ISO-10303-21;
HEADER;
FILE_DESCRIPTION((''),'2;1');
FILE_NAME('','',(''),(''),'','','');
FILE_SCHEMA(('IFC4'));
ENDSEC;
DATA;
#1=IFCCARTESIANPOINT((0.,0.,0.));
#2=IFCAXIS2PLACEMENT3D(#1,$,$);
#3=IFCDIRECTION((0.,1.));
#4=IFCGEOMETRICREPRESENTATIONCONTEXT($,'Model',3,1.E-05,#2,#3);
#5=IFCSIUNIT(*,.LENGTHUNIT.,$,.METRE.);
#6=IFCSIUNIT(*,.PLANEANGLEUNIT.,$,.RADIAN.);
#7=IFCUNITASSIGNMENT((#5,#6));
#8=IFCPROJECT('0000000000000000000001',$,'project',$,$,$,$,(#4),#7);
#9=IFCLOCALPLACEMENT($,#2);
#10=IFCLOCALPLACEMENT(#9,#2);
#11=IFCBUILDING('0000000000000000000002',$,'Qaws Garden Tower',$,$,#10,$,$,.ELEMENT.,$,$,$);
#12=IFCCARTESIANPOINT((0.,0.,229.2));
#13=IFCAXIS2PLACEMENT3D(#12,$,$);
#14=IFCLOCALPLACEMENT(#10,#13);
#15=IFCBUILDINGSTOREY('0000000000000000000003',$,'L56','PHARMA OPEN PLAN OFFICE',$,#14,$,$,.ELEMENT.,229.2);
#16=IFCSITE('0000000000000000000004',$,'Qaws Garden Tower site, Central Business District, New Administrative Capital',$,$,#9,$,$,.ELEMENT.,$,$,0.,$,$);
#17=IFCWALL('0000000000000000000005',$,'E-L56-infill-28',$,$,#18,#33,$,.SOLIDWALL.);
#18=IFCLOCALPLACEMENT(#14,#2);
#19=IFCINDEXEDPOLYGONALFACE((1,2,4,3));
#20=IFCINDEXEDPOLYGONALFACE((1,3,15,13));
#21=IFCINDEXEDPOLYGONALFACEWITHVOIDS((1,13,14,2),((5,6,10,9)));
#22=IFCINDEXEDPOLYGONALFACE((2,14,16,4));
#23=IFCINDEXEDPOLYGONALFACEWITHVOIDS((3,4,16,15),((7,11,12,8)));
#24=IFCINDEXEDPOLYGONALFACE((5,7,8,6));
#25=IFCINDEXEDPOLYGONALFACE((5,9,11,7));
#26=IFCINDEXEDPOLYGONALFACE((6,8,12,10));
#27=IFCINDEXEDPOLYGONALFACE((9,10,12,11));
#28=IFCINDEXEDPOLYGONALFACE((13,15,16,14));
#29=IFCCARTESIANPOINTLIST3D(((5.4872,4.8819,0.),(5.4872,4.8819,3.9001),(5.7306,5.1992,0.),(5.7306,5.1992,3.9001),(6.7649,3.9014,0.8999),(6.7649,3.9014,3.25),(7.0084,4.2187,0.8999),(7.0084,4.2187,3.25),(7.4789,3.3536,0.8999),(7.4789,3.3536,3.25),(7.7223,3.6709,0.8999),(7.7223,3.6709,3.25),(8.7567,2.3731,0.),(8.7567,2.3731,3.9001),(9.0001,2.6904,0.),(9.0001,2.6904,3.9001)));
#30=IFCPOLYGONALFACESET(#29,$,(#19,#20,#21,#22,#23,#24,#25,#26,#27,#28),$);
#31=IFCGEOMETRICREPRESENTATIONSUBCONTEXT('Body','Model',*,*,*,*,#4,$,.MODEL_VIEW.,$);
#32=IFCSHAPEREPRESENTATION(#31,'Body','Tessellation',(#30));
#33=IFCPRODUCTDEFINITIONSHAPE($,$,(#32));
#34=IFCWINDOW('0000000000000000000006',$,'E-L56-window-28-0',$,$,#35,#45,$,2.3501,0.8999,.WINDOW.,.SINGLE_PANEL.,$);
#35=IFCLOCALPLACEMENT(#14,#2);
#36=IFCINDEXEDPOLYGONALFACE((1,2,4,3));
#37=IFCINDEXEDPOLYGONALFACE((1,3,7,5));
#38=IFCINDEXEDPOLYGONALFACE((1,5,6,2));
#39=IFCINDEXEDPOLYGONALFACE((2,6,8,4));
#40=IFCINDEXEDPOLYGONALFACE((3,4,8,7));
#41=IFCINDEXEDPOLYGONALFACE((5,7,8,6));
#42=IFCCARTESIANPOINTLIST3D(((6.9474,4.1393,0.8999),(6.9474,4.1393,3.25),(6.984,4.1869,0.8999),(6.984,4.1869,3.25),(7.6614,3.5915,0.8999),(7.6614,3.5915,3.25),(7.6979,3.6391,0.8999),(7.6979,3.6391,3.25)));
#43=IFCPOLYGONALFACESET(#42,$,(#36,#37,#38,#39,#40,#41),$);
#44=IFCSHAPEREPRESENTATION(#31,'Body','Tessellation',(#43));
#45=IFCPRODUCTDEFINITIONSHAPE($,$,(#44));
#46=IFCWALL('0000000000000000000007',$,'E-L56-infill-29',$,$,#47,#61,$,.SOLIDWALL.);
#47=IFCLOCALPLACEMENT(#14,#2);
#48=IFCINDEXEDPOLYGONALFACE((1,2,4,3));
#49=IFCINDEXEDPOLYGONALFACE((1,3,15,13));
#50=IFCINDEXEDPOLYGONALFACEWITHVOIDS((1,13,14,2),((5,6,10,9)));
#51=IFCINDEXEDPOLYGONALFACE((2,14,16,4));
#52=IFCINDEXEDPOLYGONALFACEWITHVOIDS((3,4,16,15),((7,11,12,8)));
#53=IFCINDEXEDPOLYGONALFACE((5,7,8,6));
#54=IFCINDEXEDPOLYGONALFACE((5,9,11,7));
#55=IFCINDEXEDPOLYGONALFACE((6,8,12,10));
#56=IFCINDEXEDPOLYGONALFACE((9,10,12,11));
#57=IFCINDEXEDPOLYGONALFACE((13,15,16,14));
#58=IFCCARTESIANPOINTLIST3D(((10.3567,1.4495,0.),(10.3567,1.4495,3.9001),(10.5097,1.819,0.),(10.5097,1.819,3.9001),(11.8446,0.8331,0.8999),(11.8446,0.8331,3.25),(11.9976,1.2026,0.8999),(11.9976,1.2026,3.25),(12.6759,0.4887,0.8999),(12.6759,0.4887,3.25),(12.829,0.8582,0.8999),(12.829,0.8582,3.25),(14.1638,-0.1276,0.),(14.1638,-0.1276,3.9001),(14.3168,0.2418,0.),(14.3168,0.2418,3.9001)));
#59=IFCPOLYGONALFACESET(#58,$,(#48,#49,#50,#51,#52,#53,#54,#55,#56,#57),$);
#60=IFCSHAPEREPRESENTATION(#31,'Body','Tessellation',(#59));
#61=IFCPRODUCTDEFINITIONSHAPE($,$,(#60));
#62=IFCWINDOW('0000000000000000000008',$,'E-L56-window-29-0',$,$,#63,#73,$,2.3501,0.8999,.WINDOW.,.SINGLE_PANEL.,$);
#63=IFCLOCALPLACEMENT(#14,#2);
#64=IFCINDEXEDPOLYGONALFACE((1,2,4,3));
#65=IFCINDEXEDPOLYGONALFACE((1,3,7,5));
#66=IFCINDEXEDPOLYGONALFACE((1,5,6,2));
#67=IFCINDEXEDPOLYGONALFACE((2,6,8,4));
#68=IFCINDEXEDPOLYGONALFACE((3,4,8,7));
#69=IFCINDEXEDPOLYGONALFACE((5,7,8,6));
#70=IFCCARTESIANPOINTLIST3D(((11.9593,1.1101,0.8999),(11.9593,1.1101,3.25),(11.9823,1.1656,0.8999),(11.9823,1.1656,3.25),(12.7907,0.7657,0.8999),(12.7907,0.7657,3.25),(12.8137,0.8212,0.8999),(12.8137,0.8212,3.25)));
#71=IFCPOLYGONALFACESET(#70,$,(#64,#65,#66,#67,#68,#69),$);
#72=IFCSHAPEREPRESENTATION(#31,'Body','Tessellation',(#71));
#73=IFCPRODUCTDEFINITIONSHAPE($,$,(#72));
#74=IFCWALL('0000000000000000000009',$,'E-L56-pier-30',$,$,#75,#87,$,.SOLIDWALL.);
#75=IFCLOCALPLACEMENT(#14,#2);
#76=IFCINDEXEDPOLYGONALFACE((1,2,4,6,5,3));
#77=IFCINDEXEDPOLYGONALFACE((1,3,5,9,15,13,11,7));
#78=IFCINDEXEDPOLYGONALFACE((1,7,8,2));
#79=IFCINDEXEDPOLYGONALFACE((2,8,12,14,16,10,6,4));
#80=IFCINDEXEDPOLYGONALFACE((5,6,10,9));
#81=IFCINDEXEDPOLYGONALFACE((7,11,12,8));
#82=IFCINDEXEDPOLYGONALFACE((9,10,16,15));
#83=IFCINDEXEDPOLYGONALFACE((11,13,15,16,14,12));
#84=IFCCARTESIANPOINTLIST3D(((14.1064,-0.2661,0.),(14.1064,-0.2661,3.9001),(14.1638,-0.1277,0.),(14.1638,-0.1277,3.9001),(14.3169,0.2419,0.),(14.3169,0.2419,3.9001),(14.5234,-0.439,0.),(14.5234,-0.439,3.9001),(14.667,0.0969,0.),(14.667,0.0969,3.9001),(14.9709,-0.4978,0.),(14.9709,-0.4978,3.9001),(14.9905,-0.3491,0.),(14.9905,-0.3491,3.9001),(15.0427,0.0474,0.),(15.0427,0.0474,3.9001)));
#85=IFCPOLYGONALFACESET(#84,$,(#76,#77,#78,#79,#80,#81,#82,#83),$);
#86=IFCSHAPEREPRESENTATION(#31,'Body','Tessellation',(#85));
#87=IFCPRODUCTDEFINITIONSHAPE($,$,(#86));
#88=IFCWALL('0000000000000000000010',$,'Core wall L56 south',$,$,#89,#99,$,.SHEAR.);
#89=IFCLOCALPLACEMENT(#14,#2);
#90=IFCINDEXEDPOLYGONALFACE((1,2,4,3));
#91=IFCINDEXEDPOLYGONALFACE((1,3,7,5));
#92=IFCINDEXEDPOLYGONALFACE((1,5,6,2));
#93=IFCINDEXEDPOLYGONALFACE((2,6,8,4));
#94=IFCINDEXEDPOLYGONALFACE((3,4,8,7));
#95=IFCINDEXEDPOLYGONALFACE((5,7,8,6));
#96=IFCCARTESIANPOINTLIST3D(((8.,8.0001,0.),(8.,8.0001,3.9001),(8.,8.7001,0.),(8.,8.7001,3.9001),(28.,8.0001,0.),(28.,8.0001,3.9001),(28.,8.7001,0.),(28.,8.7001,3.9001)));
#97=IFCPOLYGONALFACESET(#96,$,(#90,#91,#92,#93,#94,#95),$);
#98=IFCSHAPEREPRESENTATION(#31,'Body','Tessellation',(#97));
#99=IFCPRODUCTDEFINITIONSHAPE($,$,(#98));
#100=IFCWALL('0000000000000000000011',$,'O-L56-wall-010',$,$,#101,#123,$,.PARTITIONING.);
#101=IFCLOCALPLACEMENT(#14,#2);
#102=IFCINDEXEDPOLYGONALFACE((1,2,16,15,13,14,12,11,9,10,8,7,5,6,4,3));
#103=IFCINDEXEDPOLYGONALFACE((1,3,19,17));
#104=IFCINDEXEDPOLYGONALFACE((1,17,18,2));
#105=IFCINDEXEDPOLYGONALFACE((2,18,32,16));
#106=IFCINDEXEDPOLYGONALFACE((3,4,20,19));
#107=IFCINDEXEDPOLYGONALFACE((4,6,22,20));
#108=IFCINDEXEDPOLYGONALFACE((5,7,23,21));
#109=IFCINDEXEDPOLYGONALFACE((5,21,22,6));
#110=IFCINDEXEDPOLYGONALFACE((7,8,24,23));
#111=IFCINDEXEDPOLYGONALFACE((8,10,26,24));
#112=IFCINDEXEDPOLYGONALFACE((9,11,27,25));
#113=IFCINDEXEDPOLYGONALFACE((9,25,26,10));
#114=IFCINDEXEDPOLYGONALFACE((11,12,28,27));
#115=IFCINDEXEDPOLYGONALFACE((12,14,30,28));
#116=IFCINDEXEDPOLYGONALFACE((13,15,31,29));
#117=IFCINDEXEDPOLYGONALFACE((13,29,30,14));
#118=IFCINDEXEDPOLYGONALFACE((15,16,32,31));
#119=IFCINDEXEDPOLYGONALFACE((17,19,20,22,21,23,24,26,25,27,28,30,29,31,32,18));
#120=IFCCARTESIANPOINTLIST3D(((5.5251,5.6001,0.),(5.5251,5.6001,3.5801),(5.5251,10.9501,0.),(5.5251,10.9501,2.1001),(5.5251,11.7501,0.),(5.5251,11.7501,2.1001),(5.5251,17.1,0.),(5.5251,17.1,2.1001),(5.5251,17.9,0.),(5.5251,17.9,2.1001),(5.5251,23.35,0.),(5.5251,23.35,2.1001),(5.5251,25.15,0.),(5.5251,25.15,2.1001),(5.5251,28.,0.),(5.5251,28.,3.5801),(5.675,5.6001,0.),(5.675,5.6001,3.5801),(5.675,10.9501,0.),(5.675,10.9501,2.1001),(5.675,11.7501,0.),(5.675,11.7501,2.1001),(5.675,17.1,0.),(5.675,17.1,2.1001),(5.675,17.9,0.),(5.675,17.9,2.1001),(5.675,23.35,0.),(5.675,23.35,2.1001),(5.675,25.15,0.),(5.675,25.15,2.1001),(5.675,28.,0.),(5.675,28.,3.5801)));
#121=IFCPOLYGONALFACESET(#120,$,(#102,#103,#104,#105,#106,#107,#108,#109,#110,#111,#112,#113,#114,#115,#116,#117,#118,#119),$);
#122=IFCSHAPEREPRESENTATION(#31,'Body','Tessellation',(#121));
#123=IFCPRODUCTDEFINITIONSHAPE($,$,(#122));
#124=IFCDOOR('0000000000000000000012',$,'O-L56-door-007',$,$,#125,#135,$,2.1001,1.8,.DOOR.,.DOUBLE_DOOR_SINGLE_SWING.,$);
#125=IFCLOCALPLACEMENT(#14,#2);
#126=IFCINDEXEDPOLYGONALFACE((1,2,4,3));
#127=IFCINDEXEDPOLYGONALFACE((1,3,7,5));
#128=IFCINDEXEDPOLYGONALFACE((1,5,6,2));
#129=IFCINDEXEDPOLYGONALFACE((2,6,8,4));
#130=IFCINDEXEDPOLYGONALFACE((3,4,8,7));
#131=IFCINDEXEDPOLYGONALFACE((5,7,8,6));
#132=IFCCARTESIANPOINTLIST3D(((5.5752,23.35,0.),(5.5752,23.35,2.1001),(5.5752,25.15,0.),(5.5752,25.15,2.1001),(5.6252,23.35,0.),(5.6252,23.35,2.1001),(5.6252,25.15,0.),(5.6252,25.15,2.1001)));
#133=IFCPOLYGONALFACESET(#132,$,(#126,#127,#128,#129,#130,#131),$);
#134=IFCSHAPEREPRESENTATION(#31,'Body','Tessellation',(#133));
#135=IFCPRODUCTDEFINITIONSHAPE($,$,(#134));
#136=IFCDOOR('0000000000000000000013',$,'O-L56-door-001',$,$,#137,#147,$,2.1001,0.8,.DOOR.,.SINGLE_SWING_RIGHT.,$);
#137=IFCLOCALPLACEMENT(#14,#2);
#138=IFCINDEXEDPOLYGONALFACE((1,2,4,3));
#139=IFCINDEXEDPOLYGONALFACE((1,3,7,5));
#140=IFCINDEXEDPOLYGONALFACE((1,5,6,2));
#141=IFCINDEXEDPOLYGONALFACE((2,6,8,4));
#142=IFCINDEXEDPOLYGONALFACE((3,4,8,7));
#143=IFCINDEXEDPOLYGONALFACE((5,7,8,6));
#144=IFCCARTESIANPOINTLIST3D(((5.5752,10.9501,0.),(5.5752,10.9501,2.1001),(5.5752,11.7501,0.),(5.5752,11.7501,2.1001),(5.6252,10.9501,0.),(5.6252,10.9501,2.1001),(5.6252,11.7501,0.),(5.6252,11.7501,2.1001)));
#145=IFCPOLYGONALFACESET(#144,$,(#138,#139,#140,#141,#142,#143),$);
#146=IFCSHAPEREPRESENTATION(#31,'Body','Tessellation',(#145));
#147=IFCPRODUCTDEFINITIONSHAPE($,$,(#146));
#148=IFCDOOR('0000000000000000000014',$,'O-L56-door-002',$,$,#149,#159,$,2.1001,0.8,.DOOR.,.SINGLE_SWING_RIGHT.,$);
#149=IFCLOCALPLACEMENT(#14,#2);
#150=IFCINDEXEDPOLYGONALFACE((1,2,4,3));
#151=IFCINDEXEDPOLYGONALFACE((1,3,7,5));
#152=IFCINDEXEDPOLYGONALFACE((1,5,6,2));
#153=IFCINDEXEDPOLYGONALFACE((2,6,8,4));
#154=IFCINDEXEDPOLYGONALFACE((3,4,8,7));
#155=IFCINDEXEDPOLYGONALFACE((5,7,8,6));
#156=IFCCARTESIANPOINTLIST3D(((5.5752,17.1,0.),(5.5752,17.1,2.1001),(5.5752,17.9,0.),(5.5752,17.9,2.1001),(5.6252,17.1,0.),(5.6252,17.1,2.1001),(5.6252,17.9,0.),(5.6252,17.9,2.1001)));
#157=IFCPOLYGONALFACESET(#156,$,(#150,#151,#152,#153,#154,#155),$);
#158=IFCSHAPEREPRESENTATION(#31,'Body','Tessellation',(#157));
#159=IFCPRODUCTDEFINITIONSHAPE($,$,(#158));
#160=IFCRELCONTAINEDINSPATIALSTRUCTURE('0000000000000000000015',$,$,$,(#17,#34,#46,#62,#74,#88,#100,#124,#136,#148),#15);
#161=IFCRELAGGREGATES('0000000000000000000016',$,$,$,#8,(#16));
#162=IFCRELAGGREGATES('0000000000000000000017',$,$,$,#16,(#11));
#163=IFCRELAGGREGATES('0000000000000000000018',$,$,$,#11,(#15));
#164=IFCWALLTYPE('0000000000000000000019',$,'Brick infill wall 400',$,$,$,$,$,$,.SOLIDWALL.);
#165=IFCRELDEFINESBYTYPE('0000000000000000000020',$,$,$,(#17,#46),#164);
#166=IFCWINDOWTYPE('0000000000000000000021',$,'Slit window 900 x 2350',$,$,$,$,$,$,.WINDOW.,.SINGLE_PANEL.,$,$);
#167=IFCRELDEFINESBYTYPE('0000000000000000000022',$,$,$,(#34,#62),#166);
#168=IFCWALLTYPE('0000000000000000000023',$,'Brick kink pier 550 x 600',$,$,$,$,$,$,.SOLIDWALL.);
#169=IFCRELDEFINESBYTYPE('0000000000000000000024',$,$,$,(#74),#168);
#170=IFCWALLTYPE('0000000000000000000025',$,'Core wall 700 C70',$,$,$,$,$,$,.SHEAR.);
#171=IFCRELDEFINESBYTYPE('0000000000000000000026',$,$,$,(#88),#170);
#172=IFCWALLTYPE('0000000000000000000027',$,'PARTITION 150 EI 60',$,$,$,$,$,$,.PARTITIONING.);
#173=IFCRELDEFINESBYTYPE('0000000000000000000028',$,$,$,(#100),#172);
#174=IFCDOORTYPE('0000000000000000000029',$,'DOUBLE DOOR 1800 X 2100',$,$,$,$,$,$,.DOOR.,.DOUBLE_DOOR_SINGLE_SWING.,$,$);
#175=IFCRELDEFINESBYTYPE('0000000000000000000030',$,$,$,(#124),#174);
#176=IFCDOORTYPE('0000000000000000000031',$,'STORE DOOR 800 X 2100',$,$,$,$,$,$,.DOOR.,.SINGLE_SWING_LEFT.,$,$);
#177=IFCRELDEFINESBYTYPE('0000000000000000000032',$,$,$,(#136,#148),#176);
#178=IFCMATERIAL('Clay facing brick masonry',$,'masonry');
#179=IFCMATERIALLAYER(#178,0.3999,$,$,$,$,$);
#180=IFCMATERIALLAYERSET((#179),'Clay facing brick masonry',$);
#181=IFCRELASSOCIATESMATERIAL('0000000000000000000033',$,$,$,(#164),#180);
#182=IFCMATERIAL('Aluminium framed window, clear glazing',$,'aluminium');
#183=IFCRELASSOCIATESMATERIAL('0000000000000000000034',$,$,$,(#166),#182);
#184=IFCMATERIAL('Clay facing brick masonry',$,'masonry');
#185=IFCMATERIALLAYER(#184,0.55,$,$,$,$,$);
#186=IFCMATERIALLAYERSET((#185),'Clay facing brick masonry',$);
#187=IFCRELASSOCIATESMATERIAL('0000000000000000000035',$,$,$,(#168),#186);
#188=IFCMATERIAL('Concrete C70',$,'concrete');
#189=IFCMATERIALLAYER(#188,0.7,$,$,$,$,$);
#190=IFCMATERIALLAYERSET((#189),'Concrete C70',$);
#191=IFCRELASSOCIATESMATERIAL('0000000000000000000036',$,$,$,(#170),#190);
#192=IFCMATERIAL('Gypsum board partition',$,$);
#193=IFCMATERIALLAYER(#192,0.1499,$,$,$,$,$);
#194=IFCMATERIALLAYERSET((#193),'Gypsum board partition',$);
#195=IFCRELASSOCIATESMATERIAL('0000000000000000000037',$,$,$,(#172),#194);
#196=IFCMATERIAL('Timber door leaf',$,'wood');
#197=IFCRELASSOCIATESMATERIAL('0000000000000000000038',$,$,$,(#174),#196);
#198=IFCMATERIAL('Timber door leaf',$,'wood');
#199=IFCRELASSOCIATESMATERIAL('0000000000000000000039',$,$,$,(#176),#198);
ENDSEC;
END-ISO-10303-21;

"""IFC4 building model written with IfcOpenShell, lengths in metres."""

from ifc_helpers import new_model, si_unit, direction, frame, frame_2d, origin, place, context, subcontext, project, spatial, polyline, rectangle, outline, extrude, material, layer, layer_set, type_object, element, fill, save


model = new_model("IFC4")

# Units and contexts
model_context = context("Model", 3, precision=1e-05, world=origin(), true_north=direction((0.0, 1.0)))
body_context = subcontext(model_context, "Body", "Model", "MODEL_VIEW")
ifc_project = project(units=[si_unit("LENGTHUNIT", "METRE"), si_unit("PLANEANGLEUNIT", "RADIAN")], contexts=[model_context])

# Site, building, storey
site_placement = place(None, origin())
site = spatial("IfcSite", under=ifc_project, at=site_placement, Name="Qaws Garden Tower site, Central Business District, New Administrative Capital", CompositionType="ELEMENT", RefElevation=0.0)
building_placement = place(site_placement, origin())
building = spatial("IfcBuilding", under=site, at=building_placement, Name="Qaws Garden Tower", CompositionType="ELEMENT")
storey_placement = place(building_placement, frame((0.0, 0.0, 229.2)))
storey = spatial("IfcBuildingStorey", under=building, at=storey_placement, Name="L56", Description="PHARMA OPEN PLAN OFFICE", CompositionType="ELEMENT", Elevation=229.2)

# Shared definitions
placement_1 = place(storey_placement, origin())

# Walls, openings, windows
ifc_material_1 = material(Name="Clay facing brick masonry", Category="masonry")
ifc_layer_1 = layer(ifc_material_1, 0.3999)
ifc_layer_set_1 = layer_set([ifc_layer_1], Name="Clay facing brick masonry")
wall_type_1 = type_object("IfcWallType", Name="Brick infill wall 400", PredefinedType="SOLIDWALL", material=ifc_layer_set_1)
ifc_material_2 = material(Name="Aluminium framed window, clear glazing", Category="aluminium")
window_type = type_object("IfcWindowType", Name="Slit window 900 x 2350", PartitioningType="SINGLE_PANEL", PredefinedType="WINDOW", material=ifc_material_2)
wall_1_placement = place(storey_placement, frame((5.6089, 5.0405, 0.0), z_axis=(0.0, 0.0, 1.0), x_axis=(0.793355, -0.60876, 0.0)))
wall_1 = element("IfcWall", 1, at=wall_1_placement, inside=storey, type_object=wall_type_1, Name="E-L56-infill-28", PredefinedType="SOLIDWALL", context=body_context, shape_type="SweptSolid", body=[
    extrude(rectangle(XDim=4.1211, YDim=0.3999, at=frame_2d((2.0605, 0.0))), origin(), (0.0, 0.0, 1.0), 3.9001),
])
opening_1_placement = place(wall_1_placement, frame((1.6106, 0.0, 0.8999)))
opening_1 = element("IfcOpeningElement", 2, at=opening_1_placement, cuts=wall_1, PredefinedType="OPENING", context=body_context, shape_type="SweptSolid", body=[
    extrude(rectangle(XDim=0.8999, YDim=2.3501, at=frame_2d((0.45, 1.175))), frame((0.0, 0.21, 0.0), z_axis=(0.0, -1.0, 0.0), x_axis=(1.0, 0.0, 0.0)), (0.0, 0.0, 1.0), 0.4199),
])
window_1_placement = place(opening_1_placement, origin())
window_1 = element("IfcWindow", 3, at=window_1_placement, inside=storey, type_object=window_type, Name="E-L56-window-28-0", OverallHeight=2.3501, OverallWidth=0.8999, PartitioningType="SINGLE_PANEL", PredefinedType="WINDOW", context=body_context, shape_type="SweptSolid", body=[
    extrude(rectangle(XDim=0.8999, YDim=2.3501, at=frame_2d((0.45, 1.175))), frame((0.0, 0.1599, 0.0), z_axis=(0.0, -1.0, 0.0), x_axis=(1.0, 0.0, 0.0)), (0.0, 0.0, 1.0), 0.0601),
])
fill(opening_1, window_1)
wall_2_placement = place(storey_placement, frame((10.4331, 1.6343, 0.0), z_axis=(0.0, 0.0, 1.0), x_axis=(0.923864, -0.382722, 0.0)))
wall_2 = element("IfcWall", 4, at=wall_2_placement, inside=storey, type_object=wall_type_1, Name="E-L56-infill-29", PredefinedType="SOLIDWALL", context=body_context, shape_type="SweptSolid", body=[
    extrude(rectangle(XDim=4.1208, YDim=0.3999, at=frame_2d((2.0605, 0.0))), origin(), (0.0, 0.0, 1.0), 3.9001),
])
opening_2_placement = place(wall_2_placement, frame((1.6106, 0.0, 0.8999)))
opening_2 = element("IfcOpeningElement", 5, at=opening_2_placement, cuts=wall_2, PredefinedType="OPENING", context=body_context, shape_type="SweptSolid", body=[
    extrude(rectangle(XDim=0.8999, YDim=2.3501, at=frame_2d((0.45, 1.175))), frame((0.0, 0.21, 0.0), z_axis=(0.0, -1.0, 0.0), x_axis=(1.0, 0.0, 0.0)), (0.0, 0.0, 1.0), 0.4199),
])
window_2_placement = place(opening_2_placement, origin())
window_2 = element("IfcWindow", 6, at=window_2_placement, inside=storey, type_object=window_type, Name="E-L56-window-29-0", OverallHeight=2.3501, OverallWidth=0.8999, PartitioningType="SINGLE_PANEL", PredefinedType="WINDOW", context=body_context, shape_type="SweptSolid", body=[
    extrude(rectangle(XDim=0.8999, YDim=2.3501, at=frame_2d((0.45, 1.175))), frame((0.0, 0.1599, 0.0), z_axis=(0.0, -1.0, 0.0), x_axis=(1.0, 0.0, 0.0)), (0.0, 0.0, 1.0), 0.0601),
])
fill(opening_2, window_2)

# Walls
ifc_material_3 = material(Name="Clay facing brick masonry", Category="masonry")
ifc_layer_2 = layer(ifc_material_3, 0.55)
ifc_layer_set_2 = layer_set([ifc_layer_2], Name="Clay facing brick masonry")
wall_type_2 = type_object("IfcWallType", Name="Brick kink pier 550 x 600", PredefinedType="SOLIDWALL", material=ifc_layer_set_2)
element("IfcWall", 7, at=placement_1, inside=storey, type_object=wall_type_2, Name="E-L56-pier-30", PredefinedType="SOLIDWALL", context=body_context, shape_type="SweptSolid", body=[
    extrude(outline(polyline([(14.1638, -0.1277), (14.1064, -0.2661), (14.5234, -0.439), (14.9709, -0.4978), (14.9905, -0.3491), (15.0427, 0.0474), (14.667, 0.0969), (14.3169, 0.2419), (14.1638, -0.1277)])), origin(), (0.0, 0.0, 1.0), 3.9001),
])
ifc_material_4 = material(Name="Concrete C70", Category="concrete")
ifc_layer_3 = layer(ifc_material_4, 0.7)
ifc_layer_set_3 = layer_set([ifc_layer_3], Name="Concrete C70")
wall_type_3 = type_object("IfcWallType", Name="Core wall 700 C70", PredefinedType="SHEAR", material=ifc_layer_set_3)
wall_3_placement = place(storey_placement, frame((8.0, 8.3501, 0.0), z_axis=(0.0, 0.0, 1.0), x_axis=(1.0, 0.0, 0.0)))
element("IfcWall", 8, at=wall_3_placement, inside=storey, type_object=wall_type_3, Name="Core wall L56 south", PredefinedType="SHEAR", context=body_context, shape_type="SweptSolid", body=[
    extrude(rectangle(XDim=20.0, YDim=0.7, at=frame_2d((10.0, 0.0))), origin(), (0.0, 0.0, 1.0), 3.9001),
])

# Wall, openings, doors
ifc_material_5 = material(Name="Gypsum board partition")
ifc_layer_4 = layer(ifc_material_5, 0.1499)
ifc_layer_set_4 = layer_set([ifc_layer_4], Name="Gypsum board partition")
wall_type_4 = type_object("IfcWallType", Name="PARTITION 150 EI 60", PredefinedType="PARTITIONING", material=ifc_layer_set_4)
wall_4_placement = place(storey_placement, frame((5.6001, 5.6001, 0.0), z_axis=(0.0, 0.0, 1.0), x_axis=(0.0, 1.0, 0.0)))
wall_4 = element("IfcWall", 9, at=wall_4_placement, inside=storey, type_object=wall_type_4, Name="O-L56-wall-010", PredefinedType="PARTITIONING", context=body_context, shape_type="SweptSolid", body=[
    extrude(rectangle(XDim=22.3999, YDim=0.1499, at=frame_2d((11.2, 0.0))), origin(), (0.0, 0.0, 1.0), 3.5801),
])
opening_3_placement = place(wall_4_placement, frame((5.3501, 0.0, 0.0)))
opening_3 = element("IfcOpeningElement", 10, at=opening_3_placement, cuts=wall_4, PredefinedType="OPENING", context=body_context, shape_type="SweptSolid", body=[
    extrude(rectangle(XDim=0.8, YDim=2.1001, at=frame_2d((0.3999, 1.05))), frame((0.0, 0.085, 0.0), z_axis=(0.0, -1.0, 0.0), x_axis=(1.0, 0.0, 0.0)), (0.0, 0.0, 1.0), 0.1699),
])
opening_4_placement = place(wall_4_placement, frame((11.5, 0.0, 0.0)))
opening_4 = element("IfcOpeningElement", 11, at=opening_4_placement, cuts=wall_4, PredefinedType="OPENING", context=body_context, shape_type="SweptSolid", body=[
    extrude(rectangle(XDim=0.8, YDim=2.1001, at=frame_2d((0.3999, 1.05))), frame((0.0, 0.085, 0.0), z_axis=(0.0, -1.0, 0.0), x_axis=(1.0, 0.0, 0.0)), (0.0, 0.0, 1.0), 0.1699),
])
opening_5_placement = place(wall_4_placement, frame((17.75, 0.0, 0.0)))
opening_5 = element("IfcOpeningElement", 12, at=opening_5_placement, cuts=wall_4, PredefinedType="OPENING", context=body_context, shape_type="SweptSolid", body=[
    extrude(rectangle(XDim=1.8, YDim=2.1001, at=frame_2d((0.8999, 1.05))), frame((0.0, 0.085, 0.0), z_axis=(0.0, -1.0, 0.0), x_axis=(1.0, 0.0, 0.0)), (0.0, 0.0, 1.0), 0.1699),
])
ifc_material_6 = material(Name="Timber door leaf", Category="wood")
door_type_1 = type_object("IfcDoorType", Name="DOUBLE DOOR 1800 X 2100", OperationType="DOUBLE_DOOR_SINGLE_SWING", PredefinedType="DOOR", material=ifc_material_6)
door_1_placement = place(opening_5_placement, origin())
door_1 = element("IfcDoor", 13, at=door_1_placement, inside=storey, type_object=door_type_1, Name="O-L56-door-007", OperationType="DOUBLE_DOOR_SINGLE_SWING", OverallHeight=2.1001, OverallWidth=1.8, PredefinedType="DOOR", context=body_context, shape_type="SweptSolid", body=[
    extrude(rectangle(XDim=1.8, YDim=2.1001, at=frame_2d((0.8999, 1.05))), frame((0.0, 0.0249, 0.0), z_axis=(0.0, -1.0, 0.0), x_axis=(1.0, 0.0, 0.0)), (0.0, 0.0, 1.0), 0.05),
])
fill(opening_5, door_1)
ifc_material_7 = material(Name="Timber door leaf", Category="wood")
door_type_2 = type_object("IfcDoorType", Name="STORE DOOR 800 X 2100", OperationType="SINGLE_SWING_LEFT", PredefinedType="DOOR", material=ifc_material_7)
door_2_placement = place(opening_3_placement, origin())
door_2 = element("IfcDoor", 14, at=door_2_placement, inside=storey, type_object=door_type_2, Name="O-L56-door-001", OperationType="SINGLE_SWING_RIGHT", OverallHeight=2.1001, OverallWidth=0.8, PredefinedType="DOOR", context=body_context, shape_type="SweptSolid", body=[
    extrude(rectangle(XDim=0.8, YDim=2.1001, at=frame_2d((0.3999, 1.05))), frame((0.0, 0.0249, 0.0), z_axis=(0.0, -1.0, 0.0), x_axis=(1.0, 0.0, 0.0)), (0.0, 0.0, 1.0), 0.05),
])
fill(opening_3, door_2)
door_3_placement = place(opening_4_placement, origin())
door_3 = element("IfcDoor", 15, at=door_3_placement, inside=storey, type_object=door_type_2, Name="O-L56-door-002", OperationType="SINGLE_SWING_RIGHT", OverallHeight=2.1001, OverallWidth=0.8, PredefinedType="DOOR", context=body_context, shape_type="SweptSolid", body=[
    extrude(rectangle(XDim=0.8, YDim=2.1001, at=frame_2d((0.3999, 1.05))), frame((0.0, 0.0249, 0.0), z_axis=(0.0, -1.0, 0.0), x_axis=(1.0, 0.0, 0.0)), (0.0, 0.0, 1.0), 0.05),
])
fill(opening_4, door_3)

save(model, "model.ifc")
